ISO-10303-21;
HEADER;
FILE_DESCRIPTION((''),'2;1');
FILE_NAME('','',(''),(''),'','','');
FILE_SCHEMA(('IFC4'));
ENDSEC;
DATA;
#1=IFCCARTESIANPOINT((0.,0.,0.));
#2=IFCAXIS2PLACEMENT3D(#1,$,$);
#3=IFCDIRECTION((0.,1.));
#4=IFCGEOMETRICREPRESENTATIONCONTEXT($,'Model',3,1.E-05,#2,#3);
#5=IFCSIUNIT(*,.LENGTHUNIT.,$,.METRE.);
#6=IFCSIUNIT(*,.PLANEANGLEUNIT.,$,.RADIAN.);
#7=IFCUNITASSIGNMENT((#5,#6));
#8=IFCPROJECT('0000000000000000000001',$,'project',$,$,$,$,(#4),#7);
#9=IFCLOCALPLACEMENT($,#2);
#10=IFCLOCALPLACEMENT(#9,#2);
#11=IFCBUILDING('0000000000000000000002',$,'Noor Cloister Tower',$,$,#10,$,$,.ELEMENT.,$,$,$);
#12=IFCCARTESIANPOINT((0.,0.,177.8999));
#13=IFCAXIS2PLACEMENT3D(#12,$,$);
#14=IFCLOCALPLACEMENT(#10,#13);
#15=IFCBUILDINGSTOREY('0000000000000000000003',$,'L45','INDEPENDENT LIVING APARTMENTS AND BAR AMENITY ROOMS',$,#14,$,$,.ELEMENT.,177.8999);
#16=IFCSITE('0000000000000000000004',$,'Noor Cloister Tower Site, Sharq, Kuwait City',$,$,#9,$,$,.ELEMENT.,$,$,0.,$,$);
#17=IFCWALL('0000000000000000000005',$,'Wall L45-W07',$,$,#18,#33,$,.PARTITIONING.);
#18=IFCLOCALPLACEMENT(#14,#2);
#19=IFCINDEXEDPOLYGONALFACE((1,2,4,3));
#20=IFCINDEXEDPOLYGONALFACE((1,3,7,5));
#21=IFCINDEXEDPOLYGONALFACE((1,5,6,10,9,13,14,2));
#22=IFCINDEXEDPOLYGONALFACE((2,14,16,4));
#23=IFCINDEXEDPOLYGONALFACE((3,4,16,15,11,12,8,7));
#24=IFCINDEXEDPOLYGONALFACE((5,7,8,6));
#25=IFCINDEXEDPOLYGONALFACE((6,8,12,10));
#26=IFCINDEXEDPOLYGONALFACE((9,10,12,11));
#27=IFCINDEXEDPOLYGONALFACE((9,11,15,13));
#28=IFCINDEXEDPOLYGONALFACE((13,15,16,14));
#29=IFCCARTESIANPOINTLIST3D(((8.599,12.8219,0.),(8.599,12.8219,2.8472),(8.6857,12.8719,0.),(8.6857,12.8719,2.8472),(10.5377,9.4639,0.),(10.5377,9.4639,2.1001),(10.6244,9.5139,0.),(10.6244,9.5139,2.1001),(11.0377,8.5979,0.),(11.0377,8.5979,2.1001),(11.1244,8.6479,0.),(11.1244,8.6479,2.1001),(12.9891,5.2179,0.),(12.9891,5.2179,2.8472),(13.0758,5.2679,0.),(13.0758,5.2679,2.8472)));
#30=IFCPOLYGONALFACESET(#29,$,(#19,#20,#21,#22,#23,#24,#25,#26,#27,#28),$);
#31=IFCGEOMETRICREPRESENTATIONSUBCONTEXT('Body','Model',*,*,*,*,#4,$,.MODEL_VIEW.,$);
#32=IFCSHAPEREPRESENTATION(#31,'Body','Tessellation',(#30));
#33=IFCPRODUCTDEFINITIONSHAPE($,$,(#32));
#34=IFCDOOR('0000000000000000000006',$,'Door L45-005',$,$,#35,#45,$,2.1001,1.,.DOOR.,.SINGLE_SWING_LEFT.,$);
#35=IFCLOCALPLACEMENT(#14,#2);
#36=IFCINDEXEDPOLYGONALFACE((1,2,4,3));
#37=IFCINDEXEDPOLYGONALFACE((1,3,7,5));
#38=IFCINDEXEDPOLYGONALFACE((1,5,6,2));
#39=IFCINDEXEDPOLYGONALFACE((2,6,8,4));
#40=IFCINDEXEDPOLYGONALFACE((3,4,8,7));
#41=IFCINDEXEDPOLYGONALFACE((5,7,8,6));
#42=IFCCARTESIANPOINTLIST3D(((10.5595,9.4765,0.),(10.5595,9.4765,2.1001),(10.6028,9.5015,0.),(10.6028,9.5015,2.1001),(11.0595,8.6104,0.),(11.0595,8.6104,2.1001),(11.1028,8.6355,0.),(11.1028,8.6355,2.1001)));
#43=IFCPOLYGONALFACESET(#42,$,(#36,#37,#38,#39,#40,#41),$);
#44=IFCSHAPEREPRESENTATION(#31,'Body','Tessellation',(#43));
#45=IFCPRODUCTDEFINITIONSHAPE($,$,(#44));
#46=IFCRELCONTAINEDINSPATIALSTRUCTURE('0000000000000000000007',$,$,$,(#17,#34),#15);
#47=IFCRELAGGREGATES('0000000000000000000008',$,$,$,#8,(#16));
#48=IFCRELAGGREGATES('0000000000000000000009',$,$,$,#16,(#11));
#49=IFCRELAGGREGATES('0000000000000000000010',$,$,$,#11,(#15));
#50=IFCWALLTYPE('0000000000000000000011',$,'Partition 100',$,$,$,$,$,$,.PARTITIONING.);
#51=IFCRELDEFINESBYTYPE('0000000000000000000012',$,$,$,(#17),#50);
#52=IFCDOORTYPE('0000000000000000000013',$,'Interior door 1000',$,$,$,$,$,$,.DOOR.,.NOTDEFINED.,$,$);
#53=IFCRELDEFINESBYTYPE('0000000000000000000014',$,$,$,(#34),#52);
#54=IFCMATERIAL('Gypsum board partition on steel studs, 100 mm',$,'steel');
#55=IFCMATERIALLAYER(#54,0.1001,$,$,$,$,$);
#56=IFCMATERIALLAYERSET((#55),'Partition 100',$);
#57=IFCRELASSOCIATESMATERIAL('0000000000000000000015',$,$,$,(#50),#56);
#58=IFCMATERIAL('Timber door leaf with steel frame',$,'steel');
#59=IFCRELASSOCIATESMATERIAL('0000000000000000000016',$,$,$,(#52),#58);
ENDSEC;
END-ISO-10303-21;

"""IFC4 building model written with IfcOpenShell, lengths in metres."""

from ifc_helpers import new_model, si_unit, direction, frame, frame_2d, origin, place, context, subcontext, project, spatial, rectangle, extrude, material, layer, layer_set, type_object, element, fill, save


model = new_model("IFC4")

# Units and contexts
model_context = context("Model", 3, precision=1e-05, world=origin(), true_north=direction((0.0, 1.0)))
body_context = subcontext(model_context, "Body", "Model", "MODEL_VIEW")
ifc_project = project(units=[si_unit("LENGTHUNIT", "METRE"), si_unit("PLANEANGLEUNIT", "RADIAN")], contexts=[model_context])

# Site, building, storey
site_placement = place(None, origin())
site = spatial("IfcSite", under=ifc_project, at=site_placement, Name="Noor Cloister Tower Site, Sharq, Kuwait City", CompositionType="ELEMENT", RefElevation=0.0)
building_placement = place(site_placement, origin())
building = spatial("IfcBuilding", under=site, at=building_placement, Name="Noor Cloister Tower", CompositionType="ELEMENT")
storey_placement = place(building_placement, frame((0.0, 0.0, 177.8999)))
storey = spatial("IfcBuildingStorey", under=building, at=storey_placement, Name="L45", Description="INDEPENDENT LIVING APARTMENTS AND BAR AMENITY ROOMS", CompositionType="ELEMENT", Elevation=177.8999)

# Wall, opening, door
ifc_material_1 = material(Name="Gypsum board partition on steel studs, 100 mm", Category="steel")
ifc_layer_1 = layer(ifc_material_1, 0.1001)
ifc_layer_set_1 = layer_set([ifc_layer_1], Name="Partition 100")
wall_type_1 = type_object("IfcWallType", Name="Partition 100", PredefinedType="PARTITIONING", material=ifc_layer_set_1)
wall_1_placement = place(storey_placement, frame((13.0325, 5.2429, 0.0), z_axis=(0.0, 0.0, 1.0), x_axis=(-0.499997, 0.866027, 0.0)))
wall_1 = element("IfcWall", 1, at=wall_1_placement, inside=storey, type_object=wall_type_1, Name="Wall L45-W07", PredefinedType="PARTITIONING", context=body_context, shape_type="SweptSolid", body=[
    extrude(rectangle(XDim=8.7803, YDim=0.1001, at=frame_2d((4.3901, 0.0))), origin(), (0.0, 0.0, 1.0), 2.8472),
])
opening_1_placement = place(wall_1_placement, frame((3.9028, 0.0, 0.0)))
opening_1 = element("IfcOpeningElement", 2, at=opening_1_placement, cuts=wall_1, PredefinedType="OPENING", context=body_context, shape_type="SweptSolid", body=[
    extrude(rectangle(XDim=1.0, YDim=2.1001, at=frame_2d((0.5, 1.05))), frame((0.0, 0.0601, 0.0), z_axis=(0.0, -1.0, 0.0), x_axis=(1.0, 0.0, 0.0)), (0.0, 0.0, 1.0), 0.1201),
])
ifc_material_2 = material(Name="Timber door leaf with steel frame", Category="steel")
door_type_1 = type_object("IfcDoorType", Name="Interior door 1000", OperationType="NOTDEFINED", PredefinedType="DOOR", material=ifc_material_2)
door_1_placement = place(opening_1_placement, origin())
door_1 = element("IfcDoor", 3, at=door_1_placement, inside=storey, type_object=door_type_1, Name="Door L45-005", OperationType="SINGLE_SWING_LEFT", OverallHeight=2.1001, OverallWidth=1.0, PredefinedType="DOOR", context=body_context, shape_type="SweptSolid", body=[
    extrude(rectangle(XDim=1.0, YDim=2.1001, at=frame_2d((0.5, 1.05))), frame((0.0, 0.0249, 0.0), z_axis=(0.0, -1.0, 0.0), x_axis=(1.0, 0.0, 0.0)), (0.0, 0.0, 1.0), 0.05),
])
fill(opening_1, door_1)

save(model, "model.ifc")
